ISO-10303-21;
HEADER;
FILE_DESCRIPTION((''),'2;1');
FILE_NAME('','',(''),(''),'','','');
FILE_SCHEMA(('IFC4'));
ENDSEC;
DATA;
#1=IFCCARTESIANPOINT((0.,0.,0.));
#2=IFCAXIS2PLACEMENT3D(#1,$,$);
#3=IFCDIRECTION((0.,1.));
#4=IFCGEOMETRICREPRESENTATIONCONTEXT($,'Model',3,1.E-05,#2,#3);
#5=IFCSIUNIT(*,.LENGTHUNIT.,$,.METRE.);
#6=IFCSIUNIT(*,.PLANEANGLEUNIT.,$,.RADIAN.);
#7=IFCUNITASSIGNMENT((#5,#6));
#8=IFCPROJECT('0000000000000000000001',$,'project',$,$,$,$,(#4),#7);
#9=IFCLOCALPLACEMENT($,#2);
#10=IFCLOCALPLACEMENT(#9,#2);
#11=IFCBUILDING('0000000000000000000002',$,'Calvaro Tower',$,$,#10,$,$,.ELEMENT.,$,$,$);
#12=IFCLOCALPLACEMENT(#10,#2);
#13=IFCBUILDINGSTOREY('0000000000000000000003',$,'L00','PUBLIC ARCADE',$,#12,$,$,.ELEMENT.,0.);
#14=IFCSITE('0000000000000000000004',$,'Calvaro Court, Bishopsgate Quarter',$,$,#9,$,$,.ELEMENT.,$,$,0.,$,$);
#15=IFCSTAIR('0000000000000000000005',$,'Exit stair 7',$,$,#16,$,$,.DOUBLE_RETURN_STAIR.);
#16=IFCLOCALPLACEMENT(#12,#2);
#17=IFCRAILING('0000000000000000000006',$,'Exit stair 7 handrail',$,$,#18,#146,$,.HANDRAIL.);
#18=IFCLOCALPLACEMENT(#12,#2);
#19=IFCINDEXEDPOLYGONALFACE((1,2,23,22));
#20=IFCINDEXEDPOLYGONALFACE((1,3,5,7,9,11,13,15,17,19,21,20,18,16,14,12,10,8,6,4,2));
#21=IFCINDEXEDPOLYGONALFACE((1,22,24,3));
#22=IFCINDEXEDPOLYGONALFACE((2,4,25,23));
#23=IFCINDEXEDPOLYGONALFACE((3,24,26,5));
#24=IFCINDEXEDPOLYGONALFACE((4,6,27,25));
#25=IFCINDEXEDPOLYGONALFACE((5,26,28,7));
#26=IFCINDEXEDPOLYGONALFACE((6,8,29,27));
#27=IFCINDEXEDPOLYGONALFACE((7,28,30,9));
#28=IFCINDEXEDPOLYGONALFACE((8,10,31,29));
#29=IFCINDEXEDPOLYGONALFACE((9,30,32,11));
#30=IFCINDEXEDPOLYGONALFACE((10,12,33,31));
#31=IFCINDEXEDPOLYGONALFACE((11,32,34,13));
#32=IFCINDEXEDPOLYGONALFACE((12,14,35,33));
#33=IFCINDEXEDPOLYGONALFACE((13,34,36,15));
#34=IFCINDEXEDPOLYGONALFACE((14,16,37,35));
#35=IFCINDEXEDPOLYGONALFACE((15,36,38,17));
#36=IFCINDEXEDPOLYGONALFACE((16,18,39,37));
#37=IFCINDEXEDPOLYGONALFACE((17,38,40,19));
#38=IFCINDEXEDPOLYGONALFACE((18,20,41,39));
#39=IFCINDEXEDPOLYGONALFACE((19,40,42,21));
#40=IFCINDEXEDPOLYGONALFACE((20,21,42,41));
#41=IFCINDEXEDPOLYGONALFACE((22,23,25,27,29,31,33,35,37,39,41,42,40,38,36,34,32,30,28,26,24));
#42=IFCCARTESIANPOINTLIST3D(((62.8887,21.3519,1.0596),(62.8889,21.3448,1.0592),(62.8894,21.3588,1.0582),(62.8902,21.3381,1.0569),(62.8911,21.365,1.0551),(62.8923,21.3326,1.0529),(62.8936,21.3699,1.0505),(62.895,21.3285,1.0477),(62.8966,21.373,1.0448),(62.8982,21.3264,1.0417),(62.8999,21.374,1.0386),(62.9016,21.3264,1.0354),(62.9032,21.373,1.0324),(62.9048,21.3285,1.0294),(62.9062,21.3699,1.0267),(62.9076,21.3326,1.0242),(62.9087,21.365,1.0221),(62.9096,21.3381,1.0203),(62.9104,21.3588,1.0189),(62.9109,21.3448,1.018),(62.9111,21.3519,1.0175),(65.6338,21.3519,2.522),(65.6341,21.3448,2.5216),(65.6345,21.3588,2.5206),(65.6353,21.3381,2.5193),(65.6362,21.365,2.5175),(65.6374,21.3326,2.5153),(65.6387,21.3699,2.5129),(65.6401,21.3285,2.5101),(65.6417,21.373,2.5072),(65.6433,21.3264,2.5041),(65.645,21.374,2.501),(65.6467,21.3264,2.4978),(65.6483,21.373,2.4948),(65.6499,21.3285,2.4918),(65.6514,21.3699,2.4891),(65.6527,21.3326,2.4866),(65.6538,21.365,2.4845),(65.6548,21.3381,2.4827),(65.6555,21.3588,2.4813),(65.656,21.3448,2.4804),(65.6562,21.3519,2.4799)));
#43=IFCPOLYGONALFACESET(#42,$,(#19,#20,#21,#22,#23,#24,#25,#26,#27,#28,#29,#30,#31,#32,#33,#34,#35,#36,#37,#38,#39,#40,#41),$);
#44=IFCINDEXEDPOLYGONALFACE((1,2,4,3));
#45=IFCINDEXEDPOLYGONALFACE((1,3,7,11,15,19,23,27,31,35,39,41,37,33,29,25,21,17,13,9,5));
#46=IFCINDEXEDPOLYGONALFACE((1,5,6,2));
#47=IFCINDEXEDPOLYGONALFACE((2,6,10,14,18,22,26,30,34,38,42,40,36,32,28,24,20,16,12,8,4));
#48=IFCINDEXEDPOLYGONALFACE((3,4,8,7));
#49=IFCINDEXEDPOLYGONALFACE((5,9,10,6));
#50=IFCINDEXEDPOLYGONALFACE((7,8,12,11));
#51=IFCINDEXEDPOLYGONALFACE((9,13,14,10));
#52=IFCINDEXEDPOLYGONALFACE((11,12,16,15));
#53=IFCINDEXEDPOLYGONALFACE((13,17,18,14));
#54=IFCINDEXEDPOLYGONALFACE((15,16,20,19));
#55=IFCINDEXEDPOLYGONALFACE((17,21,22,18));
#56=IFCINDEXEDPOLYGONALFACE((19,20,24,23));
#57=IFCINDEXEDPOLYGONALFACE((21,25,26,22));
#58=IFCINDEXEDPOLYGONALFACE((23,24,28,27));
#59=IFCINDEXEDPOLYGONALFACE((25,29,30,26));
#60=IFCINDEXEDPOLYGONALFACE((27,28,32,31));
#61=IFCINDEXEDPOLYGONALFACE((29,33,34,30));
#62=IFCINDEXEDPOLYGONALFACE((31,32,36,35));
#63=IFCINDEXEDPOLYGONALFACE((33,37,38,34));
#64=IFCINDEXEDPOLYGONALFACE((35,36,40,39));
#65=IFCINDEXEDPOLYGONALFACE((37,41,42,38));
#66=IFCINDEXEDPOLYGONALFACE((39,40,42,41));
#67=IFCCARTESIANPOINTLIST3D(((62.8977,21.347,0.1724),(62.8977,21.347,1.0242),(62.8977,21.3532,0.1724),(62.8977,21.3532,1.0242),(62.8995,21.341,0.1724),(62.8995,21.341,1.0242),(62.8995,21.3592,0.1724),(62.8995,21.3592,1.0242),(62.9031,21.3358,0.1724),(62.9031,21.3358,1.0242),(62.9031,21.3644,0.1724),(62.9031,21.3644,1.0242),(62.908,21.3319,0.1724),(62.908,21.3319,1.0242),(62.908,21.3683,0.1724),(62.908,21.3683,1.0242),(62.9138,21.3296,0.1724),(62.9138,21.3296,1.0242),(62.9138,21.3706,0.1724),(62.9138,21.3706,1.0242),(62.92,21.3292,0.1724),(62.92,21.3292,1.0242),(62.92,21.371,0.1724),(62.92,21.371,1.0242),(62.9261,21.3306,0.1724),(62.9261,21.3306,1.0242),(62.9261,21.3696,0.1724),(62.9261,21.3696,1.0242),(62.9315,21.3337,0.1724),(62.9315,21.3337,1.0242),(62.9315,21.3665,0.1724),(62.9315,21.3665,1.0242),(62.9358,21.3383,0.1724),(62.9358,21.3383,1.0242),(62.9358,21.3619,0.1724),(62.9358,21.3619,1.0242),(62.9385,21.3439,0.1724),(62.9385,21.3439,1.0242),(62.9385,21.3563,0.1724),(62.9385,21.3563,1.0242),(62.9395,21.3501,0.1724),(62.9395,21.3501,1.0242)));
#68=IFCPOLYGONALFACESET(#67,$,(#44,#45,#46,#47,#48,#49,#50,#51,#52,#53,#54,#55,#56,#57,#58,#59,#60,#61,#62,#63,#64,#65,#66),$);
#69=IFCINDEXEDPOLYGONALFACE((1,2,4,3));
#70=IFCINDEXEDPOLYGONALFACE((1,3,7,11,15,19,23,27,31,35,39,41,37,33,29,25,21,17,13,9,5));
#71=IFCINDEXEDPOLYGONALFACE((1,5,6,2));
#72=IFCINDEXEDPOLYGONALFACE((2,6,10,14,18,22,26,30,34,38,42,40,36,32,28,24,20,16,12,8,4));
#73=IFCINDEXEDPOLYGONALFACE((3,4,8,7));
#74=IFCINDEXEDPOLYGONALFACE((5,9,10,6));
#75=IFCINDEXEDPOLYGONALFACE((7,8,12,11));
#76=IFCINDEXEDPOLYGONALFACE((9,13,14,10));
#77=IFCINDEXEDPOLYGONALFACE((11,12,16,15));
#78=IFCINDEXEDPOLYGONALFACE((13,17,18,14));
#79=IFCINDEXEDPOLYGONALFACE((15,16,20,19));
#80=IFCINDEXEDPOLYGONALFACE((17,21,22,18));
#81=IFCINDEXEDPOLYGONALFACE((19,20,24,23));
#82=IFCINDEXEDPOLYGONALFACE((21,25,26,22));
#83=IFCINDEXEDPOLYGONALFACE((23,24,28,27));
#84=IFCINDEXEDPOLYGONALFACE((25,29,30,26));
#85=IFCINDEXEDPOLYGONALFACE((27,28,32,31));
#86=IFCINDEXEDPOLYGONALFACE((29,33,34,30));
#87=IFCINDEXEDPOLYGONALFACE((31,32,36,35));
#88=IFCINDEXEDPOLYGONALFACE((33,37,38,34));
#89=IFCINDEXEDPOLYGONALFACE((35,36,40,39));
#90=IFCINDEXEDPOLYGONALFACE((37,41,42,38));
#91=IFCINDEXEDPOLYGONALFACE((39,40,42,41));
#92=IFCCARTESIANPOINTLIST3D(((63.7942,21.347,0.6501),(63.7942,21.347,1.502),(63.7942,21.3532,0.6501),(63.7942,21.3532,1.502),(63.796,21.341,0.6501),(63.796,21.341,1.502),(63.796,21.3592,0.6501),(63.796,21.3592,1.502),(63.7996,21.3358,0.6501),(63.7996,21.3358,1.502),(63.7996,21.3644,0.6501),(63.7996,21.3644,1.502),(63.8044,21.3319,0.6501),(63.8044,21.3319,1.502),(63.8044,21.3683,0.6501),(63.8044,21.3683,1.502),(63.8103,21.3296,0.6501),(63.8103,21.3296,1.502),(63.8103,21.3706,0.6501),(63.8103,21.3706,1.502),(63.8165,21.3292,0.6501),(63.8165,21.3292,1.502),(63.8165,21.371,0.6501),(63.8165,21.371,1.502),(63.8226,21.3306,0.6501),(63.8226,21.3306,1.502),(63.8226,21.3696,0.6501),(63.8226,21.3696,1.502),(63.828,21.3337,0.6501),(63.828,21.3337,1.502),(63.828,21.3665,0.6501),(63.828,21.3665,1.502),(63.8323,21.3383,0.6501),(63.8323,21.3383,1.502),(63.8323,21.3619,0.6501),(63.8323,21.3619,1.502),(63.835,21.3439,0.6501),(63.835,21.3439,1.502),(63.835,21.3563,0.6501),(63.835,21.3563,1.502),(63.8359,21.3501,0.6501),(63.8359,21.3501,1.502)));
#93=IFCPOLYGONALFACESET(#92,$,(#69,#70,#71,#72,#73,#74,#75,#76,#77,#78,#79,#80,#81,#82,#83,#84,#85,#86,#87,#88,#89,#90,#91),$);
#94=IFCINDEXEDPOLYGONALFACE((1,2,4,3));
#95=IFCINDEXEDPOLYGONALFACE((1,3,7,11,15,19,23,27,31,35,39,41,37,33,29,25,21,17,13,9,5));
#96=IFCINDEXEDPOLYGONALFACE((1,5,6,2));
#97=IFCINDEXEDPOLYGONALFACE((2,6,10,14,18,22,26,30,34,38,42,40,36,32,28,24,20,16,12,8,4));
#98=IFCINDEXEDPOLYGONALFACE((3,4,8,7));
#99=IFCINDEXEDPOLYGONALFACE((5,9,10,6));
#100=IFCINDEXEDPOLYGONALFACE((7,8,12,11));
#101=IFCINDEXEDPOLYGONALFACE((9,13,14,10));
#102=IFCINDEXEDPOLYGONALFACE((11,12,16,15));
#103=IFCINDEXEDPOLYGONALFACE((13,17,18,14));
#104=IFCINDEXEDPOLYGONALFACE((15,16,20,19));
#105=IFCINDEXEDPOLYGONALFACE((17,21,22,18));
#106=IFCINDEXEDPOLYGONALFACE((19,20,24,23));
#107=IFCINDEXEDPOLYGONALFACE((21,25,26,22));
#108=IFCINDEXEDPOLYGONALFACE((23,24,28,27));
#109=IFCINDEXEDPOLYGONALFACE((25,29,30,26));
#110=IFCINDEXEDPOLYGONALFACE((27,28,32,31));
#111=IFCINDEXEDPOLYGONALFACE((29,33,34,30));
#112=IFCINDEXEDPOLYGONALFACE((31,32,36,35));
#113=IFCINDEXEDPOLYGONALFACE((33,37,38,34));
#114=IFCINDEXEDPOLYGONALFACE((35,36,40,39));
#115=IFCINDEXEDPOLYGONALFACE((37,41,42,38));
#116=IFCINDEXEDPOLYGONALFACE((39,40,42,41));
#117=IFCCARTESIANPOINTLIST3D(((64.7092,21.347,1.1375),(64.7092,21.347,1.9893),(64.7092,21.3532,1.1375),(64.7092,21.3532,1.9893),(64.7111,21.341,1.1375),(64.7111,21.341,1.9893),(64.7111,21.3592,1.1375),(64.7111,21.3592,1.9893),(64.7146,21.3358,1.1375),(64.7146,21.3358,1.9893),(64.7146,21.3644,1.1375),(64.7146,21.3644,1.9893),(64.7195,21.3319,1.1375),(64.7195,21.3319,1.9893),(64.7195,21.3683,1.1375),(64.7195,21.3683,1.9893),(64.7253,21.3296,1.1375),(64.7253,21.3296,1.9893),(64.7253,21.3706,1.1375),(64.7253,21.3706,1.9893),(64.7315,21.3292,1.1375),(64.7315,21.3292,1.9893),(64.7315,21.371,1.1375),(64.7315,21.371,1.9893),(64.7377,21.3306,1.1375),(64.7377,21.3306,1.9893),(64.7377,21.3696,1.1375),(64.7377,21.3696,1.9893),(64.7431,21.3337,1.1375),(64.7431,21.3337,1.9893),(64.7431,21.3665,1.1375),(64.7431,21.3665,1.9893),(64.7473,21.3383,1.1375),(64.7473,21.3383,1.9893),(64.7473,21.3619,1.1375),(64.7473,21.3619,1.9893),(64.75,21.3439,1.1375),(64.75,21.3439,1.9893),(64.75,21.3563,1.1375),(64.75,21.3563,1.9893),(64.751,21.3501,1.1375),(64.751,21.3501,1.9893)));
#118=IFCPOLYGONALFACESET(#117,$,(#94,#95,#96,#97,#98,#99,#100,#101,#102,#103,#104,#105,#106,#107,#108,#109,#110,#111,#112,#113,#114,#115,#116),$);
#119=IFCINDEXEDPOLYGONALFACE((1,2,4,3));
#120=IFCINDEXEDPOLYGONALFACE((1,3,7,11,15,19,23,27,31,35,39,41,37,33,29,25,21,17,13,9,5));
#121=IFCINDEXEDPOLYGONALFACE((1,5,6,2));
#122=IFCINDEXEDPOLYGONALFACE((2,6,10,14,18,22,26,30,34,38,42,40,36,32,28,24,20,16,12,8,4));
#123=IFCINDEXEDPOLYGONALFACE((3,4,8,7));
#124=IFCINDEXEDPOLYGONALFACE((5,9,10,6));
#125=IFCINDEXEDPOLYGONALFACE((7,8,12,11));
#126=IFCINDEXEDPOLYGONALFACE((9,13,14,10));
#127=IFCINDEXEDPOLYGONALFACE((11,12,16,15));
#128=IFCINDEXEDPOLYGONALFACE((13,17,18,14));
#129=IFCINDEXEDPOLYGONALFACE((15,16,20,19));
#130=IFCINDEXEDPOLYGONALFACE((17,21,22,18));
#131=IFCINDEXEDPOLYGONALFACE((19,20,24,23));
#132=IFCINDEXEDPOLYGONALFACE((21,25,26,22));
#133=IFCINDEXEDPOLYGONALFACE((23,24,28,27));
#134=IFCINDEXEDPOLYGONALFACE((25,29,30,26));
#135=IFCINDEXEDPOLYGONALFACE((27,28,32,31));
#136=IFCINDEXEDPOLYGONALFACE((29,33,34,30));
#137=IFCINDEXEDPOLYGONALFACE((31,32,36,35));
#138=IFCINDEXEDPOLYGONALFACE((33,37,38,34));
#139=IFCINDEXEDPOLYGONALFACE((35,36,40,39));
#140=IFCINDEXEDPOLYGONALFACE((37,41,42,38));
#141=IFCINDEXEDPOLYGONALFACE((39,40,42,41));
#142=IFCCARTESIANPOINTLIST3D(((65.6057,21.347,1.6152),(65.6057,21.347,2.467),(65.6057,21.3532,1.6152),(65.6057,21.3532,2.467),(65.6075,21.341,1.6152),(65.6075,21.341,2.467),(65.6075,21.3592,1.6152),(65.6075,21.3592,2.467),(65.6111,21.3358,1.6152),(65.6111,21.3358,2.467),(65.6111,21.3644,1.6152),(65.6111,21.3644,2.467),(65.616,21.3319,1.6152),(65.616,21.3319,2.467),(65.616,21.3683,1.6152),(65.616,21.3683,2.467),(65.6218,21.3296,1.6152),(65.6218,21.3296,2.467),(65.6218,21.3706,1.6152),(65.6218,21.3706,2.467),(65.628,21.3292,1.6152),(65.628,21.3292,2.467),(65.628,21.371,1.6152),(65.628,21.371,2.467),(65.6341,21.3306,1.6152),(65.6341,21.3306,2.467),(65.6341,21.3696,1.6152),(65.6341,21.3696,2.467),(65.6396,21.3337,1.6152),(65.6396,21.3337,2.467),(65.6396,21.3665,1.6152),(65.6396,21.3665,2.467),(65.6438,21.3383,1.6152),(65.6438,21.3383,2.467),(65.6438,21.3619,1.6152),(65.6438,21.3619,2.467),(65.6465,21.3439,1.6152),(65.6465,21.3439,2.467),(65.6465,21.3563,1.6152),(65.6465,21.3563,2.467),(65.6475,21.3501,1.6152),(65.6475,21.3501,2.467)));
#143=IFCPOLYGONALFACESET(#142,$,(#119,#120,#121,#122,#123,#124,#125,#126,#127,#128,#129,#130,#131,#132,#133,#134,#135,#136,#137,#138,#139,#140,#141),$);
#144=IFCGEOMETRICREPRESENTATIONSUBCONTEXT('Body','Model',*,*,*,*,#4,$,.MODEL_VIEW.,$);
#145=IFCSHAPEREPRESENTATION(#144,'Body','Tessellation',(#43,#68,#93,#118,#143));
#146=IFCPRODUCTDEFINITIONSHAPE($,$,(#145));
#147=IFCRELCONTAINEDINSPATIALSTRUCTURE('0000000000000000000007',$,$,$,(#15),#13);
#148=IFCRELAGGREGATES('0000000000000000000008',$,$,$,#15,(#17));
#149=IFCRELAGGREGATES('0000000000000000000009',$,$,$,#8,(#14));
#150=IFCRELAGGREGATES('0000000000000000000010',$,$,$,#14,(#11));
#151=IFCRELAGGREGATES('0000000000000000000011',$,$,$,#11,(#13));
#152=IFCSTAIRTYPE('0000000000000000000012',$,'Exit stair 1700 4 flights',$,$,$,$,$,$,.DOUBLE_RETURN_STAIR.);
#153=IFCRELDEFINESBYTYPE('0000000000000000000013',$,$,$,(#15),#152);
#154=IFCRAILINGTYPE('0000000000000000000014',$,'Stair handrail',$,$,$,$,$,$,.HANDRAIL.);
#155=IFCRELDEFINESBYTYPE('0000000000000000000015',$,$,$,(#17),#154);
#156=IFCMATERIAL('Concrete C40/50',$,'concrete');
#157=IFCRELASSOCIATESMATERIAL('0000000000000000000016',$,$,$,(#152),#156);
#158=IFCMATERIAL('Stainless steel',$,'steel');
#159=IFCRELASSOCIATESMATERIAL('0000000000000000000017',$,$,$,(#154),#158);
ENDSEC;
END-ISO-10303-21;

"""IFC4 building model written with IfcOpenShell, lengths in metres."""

from ifc_helpers import new_model, si_unit, direction, frame, origin, origin_2d, place, context, subcontext, project, spatial, circle, extrude, material, type_object, element, aggregate, save


model = new_model("IFC4")

# Units and contexts
model_context = context("Model", 3, precision=1e-05, world=origin(), true_north=direction((0.0, 1.0)))
body_context = subcontext(model_context, "Body", "Model", "MODEL_VIEW")
ifc_project = project(units=[si_unit("LENGTHUNIT", "METRE"), si_unit("PLANEANGLEUNIT", "RADIAN")], contexts=[model_context])

# Site, building, storey
site_placement = place(None, origin())
site = spatial("IfcSite", under=ifc_project, at=site_placement, Name="Calvaro Court, Bishopsgate Quarter", CompositionType="ELEMENT", RefElevation=0.0)
building_placement = place(site_placement, origin())
building = spatial("IfcBuilding", under=site, at=building_placement, Name="Calvaro Tower", CompositionType="ELEMENT")
storey_placement = place(building_placement, origin())
storey = spatial("IfcBuildingStorey", under=building, at=storey_placement, Name="L00", Description="PUBLIC ARCADE", CompositionType="ELEMENT", Elevation=0.0)

# Stair, railing
ifc_material_1 = material(Name="Concrete C40/50", Category="concrete")
stair_type = type_object("IfcStairType", Name="Exit stair 1700 4 flights", PredefinedType="DOUBLE_RETURN_STAIR", material=ifc_material_1)
stair_placement = place(storey_placement, origin())
stair = element("IfcStair", 1, at=stair_placement, inside=storey, type_object=stair_type, Name="Exit stair 7", PredefinedType="DOUBLE_RETURN_STAIR")
ifc_material_2 = material(Name="Stainless steel", Category="steel")
railing_type = type_object("IfcRailingType", Name="Stair handrail", PredefinedType="HANDRAIL", material=ifc_material_2)
railing_1_placement = place(storey_placement, frame((62.8999, 21.3501, 0.1626)))
railing_1 = element("IfcRailing", 2, at=railing_1_placement, type_object=railing_type, Name="Exit stair 7 handrail", PredefinedType="HANDRAIL", context=body_context, shape_type="SweptSolid", body=[
    extrude(circle(Radius=0.0239, at=origin_2d()), frame((0.0, 0.0, 0.876), z_axis=(0.882574, 0.0, 0.470173), x_axis=(0.0, 1.0, 0.0)), (0.0, 0.0, 1.0), 3.1104),
    extrude(circle(Radius=0.021, at=origin_2d()), frame((0.0186, 0.0, 0.0098)), (0.0, 0.0, 1.0), 0.8518),
    extrude(circle(Radius=0.021, at=origin_2d()), frame((0.915, 0.0, 0.4875)), (0.0, 0.0, 1.0), 0.8518),
    extrude(circle(Radius=0.021, at=origin_2d()), frame((1.8301, 0.0, 0.9749)), (0.0, 0.0, 1.0), 0.8518),
    extrude(circle(Radius=0.021, at=origin_2d()), frame((2.7266, 0.0, 1.4526)), (0.0, 0.0, 1.0), 0.8518),
])
aggregate(stair, [railing_1])

save(model, "model.ifc")
